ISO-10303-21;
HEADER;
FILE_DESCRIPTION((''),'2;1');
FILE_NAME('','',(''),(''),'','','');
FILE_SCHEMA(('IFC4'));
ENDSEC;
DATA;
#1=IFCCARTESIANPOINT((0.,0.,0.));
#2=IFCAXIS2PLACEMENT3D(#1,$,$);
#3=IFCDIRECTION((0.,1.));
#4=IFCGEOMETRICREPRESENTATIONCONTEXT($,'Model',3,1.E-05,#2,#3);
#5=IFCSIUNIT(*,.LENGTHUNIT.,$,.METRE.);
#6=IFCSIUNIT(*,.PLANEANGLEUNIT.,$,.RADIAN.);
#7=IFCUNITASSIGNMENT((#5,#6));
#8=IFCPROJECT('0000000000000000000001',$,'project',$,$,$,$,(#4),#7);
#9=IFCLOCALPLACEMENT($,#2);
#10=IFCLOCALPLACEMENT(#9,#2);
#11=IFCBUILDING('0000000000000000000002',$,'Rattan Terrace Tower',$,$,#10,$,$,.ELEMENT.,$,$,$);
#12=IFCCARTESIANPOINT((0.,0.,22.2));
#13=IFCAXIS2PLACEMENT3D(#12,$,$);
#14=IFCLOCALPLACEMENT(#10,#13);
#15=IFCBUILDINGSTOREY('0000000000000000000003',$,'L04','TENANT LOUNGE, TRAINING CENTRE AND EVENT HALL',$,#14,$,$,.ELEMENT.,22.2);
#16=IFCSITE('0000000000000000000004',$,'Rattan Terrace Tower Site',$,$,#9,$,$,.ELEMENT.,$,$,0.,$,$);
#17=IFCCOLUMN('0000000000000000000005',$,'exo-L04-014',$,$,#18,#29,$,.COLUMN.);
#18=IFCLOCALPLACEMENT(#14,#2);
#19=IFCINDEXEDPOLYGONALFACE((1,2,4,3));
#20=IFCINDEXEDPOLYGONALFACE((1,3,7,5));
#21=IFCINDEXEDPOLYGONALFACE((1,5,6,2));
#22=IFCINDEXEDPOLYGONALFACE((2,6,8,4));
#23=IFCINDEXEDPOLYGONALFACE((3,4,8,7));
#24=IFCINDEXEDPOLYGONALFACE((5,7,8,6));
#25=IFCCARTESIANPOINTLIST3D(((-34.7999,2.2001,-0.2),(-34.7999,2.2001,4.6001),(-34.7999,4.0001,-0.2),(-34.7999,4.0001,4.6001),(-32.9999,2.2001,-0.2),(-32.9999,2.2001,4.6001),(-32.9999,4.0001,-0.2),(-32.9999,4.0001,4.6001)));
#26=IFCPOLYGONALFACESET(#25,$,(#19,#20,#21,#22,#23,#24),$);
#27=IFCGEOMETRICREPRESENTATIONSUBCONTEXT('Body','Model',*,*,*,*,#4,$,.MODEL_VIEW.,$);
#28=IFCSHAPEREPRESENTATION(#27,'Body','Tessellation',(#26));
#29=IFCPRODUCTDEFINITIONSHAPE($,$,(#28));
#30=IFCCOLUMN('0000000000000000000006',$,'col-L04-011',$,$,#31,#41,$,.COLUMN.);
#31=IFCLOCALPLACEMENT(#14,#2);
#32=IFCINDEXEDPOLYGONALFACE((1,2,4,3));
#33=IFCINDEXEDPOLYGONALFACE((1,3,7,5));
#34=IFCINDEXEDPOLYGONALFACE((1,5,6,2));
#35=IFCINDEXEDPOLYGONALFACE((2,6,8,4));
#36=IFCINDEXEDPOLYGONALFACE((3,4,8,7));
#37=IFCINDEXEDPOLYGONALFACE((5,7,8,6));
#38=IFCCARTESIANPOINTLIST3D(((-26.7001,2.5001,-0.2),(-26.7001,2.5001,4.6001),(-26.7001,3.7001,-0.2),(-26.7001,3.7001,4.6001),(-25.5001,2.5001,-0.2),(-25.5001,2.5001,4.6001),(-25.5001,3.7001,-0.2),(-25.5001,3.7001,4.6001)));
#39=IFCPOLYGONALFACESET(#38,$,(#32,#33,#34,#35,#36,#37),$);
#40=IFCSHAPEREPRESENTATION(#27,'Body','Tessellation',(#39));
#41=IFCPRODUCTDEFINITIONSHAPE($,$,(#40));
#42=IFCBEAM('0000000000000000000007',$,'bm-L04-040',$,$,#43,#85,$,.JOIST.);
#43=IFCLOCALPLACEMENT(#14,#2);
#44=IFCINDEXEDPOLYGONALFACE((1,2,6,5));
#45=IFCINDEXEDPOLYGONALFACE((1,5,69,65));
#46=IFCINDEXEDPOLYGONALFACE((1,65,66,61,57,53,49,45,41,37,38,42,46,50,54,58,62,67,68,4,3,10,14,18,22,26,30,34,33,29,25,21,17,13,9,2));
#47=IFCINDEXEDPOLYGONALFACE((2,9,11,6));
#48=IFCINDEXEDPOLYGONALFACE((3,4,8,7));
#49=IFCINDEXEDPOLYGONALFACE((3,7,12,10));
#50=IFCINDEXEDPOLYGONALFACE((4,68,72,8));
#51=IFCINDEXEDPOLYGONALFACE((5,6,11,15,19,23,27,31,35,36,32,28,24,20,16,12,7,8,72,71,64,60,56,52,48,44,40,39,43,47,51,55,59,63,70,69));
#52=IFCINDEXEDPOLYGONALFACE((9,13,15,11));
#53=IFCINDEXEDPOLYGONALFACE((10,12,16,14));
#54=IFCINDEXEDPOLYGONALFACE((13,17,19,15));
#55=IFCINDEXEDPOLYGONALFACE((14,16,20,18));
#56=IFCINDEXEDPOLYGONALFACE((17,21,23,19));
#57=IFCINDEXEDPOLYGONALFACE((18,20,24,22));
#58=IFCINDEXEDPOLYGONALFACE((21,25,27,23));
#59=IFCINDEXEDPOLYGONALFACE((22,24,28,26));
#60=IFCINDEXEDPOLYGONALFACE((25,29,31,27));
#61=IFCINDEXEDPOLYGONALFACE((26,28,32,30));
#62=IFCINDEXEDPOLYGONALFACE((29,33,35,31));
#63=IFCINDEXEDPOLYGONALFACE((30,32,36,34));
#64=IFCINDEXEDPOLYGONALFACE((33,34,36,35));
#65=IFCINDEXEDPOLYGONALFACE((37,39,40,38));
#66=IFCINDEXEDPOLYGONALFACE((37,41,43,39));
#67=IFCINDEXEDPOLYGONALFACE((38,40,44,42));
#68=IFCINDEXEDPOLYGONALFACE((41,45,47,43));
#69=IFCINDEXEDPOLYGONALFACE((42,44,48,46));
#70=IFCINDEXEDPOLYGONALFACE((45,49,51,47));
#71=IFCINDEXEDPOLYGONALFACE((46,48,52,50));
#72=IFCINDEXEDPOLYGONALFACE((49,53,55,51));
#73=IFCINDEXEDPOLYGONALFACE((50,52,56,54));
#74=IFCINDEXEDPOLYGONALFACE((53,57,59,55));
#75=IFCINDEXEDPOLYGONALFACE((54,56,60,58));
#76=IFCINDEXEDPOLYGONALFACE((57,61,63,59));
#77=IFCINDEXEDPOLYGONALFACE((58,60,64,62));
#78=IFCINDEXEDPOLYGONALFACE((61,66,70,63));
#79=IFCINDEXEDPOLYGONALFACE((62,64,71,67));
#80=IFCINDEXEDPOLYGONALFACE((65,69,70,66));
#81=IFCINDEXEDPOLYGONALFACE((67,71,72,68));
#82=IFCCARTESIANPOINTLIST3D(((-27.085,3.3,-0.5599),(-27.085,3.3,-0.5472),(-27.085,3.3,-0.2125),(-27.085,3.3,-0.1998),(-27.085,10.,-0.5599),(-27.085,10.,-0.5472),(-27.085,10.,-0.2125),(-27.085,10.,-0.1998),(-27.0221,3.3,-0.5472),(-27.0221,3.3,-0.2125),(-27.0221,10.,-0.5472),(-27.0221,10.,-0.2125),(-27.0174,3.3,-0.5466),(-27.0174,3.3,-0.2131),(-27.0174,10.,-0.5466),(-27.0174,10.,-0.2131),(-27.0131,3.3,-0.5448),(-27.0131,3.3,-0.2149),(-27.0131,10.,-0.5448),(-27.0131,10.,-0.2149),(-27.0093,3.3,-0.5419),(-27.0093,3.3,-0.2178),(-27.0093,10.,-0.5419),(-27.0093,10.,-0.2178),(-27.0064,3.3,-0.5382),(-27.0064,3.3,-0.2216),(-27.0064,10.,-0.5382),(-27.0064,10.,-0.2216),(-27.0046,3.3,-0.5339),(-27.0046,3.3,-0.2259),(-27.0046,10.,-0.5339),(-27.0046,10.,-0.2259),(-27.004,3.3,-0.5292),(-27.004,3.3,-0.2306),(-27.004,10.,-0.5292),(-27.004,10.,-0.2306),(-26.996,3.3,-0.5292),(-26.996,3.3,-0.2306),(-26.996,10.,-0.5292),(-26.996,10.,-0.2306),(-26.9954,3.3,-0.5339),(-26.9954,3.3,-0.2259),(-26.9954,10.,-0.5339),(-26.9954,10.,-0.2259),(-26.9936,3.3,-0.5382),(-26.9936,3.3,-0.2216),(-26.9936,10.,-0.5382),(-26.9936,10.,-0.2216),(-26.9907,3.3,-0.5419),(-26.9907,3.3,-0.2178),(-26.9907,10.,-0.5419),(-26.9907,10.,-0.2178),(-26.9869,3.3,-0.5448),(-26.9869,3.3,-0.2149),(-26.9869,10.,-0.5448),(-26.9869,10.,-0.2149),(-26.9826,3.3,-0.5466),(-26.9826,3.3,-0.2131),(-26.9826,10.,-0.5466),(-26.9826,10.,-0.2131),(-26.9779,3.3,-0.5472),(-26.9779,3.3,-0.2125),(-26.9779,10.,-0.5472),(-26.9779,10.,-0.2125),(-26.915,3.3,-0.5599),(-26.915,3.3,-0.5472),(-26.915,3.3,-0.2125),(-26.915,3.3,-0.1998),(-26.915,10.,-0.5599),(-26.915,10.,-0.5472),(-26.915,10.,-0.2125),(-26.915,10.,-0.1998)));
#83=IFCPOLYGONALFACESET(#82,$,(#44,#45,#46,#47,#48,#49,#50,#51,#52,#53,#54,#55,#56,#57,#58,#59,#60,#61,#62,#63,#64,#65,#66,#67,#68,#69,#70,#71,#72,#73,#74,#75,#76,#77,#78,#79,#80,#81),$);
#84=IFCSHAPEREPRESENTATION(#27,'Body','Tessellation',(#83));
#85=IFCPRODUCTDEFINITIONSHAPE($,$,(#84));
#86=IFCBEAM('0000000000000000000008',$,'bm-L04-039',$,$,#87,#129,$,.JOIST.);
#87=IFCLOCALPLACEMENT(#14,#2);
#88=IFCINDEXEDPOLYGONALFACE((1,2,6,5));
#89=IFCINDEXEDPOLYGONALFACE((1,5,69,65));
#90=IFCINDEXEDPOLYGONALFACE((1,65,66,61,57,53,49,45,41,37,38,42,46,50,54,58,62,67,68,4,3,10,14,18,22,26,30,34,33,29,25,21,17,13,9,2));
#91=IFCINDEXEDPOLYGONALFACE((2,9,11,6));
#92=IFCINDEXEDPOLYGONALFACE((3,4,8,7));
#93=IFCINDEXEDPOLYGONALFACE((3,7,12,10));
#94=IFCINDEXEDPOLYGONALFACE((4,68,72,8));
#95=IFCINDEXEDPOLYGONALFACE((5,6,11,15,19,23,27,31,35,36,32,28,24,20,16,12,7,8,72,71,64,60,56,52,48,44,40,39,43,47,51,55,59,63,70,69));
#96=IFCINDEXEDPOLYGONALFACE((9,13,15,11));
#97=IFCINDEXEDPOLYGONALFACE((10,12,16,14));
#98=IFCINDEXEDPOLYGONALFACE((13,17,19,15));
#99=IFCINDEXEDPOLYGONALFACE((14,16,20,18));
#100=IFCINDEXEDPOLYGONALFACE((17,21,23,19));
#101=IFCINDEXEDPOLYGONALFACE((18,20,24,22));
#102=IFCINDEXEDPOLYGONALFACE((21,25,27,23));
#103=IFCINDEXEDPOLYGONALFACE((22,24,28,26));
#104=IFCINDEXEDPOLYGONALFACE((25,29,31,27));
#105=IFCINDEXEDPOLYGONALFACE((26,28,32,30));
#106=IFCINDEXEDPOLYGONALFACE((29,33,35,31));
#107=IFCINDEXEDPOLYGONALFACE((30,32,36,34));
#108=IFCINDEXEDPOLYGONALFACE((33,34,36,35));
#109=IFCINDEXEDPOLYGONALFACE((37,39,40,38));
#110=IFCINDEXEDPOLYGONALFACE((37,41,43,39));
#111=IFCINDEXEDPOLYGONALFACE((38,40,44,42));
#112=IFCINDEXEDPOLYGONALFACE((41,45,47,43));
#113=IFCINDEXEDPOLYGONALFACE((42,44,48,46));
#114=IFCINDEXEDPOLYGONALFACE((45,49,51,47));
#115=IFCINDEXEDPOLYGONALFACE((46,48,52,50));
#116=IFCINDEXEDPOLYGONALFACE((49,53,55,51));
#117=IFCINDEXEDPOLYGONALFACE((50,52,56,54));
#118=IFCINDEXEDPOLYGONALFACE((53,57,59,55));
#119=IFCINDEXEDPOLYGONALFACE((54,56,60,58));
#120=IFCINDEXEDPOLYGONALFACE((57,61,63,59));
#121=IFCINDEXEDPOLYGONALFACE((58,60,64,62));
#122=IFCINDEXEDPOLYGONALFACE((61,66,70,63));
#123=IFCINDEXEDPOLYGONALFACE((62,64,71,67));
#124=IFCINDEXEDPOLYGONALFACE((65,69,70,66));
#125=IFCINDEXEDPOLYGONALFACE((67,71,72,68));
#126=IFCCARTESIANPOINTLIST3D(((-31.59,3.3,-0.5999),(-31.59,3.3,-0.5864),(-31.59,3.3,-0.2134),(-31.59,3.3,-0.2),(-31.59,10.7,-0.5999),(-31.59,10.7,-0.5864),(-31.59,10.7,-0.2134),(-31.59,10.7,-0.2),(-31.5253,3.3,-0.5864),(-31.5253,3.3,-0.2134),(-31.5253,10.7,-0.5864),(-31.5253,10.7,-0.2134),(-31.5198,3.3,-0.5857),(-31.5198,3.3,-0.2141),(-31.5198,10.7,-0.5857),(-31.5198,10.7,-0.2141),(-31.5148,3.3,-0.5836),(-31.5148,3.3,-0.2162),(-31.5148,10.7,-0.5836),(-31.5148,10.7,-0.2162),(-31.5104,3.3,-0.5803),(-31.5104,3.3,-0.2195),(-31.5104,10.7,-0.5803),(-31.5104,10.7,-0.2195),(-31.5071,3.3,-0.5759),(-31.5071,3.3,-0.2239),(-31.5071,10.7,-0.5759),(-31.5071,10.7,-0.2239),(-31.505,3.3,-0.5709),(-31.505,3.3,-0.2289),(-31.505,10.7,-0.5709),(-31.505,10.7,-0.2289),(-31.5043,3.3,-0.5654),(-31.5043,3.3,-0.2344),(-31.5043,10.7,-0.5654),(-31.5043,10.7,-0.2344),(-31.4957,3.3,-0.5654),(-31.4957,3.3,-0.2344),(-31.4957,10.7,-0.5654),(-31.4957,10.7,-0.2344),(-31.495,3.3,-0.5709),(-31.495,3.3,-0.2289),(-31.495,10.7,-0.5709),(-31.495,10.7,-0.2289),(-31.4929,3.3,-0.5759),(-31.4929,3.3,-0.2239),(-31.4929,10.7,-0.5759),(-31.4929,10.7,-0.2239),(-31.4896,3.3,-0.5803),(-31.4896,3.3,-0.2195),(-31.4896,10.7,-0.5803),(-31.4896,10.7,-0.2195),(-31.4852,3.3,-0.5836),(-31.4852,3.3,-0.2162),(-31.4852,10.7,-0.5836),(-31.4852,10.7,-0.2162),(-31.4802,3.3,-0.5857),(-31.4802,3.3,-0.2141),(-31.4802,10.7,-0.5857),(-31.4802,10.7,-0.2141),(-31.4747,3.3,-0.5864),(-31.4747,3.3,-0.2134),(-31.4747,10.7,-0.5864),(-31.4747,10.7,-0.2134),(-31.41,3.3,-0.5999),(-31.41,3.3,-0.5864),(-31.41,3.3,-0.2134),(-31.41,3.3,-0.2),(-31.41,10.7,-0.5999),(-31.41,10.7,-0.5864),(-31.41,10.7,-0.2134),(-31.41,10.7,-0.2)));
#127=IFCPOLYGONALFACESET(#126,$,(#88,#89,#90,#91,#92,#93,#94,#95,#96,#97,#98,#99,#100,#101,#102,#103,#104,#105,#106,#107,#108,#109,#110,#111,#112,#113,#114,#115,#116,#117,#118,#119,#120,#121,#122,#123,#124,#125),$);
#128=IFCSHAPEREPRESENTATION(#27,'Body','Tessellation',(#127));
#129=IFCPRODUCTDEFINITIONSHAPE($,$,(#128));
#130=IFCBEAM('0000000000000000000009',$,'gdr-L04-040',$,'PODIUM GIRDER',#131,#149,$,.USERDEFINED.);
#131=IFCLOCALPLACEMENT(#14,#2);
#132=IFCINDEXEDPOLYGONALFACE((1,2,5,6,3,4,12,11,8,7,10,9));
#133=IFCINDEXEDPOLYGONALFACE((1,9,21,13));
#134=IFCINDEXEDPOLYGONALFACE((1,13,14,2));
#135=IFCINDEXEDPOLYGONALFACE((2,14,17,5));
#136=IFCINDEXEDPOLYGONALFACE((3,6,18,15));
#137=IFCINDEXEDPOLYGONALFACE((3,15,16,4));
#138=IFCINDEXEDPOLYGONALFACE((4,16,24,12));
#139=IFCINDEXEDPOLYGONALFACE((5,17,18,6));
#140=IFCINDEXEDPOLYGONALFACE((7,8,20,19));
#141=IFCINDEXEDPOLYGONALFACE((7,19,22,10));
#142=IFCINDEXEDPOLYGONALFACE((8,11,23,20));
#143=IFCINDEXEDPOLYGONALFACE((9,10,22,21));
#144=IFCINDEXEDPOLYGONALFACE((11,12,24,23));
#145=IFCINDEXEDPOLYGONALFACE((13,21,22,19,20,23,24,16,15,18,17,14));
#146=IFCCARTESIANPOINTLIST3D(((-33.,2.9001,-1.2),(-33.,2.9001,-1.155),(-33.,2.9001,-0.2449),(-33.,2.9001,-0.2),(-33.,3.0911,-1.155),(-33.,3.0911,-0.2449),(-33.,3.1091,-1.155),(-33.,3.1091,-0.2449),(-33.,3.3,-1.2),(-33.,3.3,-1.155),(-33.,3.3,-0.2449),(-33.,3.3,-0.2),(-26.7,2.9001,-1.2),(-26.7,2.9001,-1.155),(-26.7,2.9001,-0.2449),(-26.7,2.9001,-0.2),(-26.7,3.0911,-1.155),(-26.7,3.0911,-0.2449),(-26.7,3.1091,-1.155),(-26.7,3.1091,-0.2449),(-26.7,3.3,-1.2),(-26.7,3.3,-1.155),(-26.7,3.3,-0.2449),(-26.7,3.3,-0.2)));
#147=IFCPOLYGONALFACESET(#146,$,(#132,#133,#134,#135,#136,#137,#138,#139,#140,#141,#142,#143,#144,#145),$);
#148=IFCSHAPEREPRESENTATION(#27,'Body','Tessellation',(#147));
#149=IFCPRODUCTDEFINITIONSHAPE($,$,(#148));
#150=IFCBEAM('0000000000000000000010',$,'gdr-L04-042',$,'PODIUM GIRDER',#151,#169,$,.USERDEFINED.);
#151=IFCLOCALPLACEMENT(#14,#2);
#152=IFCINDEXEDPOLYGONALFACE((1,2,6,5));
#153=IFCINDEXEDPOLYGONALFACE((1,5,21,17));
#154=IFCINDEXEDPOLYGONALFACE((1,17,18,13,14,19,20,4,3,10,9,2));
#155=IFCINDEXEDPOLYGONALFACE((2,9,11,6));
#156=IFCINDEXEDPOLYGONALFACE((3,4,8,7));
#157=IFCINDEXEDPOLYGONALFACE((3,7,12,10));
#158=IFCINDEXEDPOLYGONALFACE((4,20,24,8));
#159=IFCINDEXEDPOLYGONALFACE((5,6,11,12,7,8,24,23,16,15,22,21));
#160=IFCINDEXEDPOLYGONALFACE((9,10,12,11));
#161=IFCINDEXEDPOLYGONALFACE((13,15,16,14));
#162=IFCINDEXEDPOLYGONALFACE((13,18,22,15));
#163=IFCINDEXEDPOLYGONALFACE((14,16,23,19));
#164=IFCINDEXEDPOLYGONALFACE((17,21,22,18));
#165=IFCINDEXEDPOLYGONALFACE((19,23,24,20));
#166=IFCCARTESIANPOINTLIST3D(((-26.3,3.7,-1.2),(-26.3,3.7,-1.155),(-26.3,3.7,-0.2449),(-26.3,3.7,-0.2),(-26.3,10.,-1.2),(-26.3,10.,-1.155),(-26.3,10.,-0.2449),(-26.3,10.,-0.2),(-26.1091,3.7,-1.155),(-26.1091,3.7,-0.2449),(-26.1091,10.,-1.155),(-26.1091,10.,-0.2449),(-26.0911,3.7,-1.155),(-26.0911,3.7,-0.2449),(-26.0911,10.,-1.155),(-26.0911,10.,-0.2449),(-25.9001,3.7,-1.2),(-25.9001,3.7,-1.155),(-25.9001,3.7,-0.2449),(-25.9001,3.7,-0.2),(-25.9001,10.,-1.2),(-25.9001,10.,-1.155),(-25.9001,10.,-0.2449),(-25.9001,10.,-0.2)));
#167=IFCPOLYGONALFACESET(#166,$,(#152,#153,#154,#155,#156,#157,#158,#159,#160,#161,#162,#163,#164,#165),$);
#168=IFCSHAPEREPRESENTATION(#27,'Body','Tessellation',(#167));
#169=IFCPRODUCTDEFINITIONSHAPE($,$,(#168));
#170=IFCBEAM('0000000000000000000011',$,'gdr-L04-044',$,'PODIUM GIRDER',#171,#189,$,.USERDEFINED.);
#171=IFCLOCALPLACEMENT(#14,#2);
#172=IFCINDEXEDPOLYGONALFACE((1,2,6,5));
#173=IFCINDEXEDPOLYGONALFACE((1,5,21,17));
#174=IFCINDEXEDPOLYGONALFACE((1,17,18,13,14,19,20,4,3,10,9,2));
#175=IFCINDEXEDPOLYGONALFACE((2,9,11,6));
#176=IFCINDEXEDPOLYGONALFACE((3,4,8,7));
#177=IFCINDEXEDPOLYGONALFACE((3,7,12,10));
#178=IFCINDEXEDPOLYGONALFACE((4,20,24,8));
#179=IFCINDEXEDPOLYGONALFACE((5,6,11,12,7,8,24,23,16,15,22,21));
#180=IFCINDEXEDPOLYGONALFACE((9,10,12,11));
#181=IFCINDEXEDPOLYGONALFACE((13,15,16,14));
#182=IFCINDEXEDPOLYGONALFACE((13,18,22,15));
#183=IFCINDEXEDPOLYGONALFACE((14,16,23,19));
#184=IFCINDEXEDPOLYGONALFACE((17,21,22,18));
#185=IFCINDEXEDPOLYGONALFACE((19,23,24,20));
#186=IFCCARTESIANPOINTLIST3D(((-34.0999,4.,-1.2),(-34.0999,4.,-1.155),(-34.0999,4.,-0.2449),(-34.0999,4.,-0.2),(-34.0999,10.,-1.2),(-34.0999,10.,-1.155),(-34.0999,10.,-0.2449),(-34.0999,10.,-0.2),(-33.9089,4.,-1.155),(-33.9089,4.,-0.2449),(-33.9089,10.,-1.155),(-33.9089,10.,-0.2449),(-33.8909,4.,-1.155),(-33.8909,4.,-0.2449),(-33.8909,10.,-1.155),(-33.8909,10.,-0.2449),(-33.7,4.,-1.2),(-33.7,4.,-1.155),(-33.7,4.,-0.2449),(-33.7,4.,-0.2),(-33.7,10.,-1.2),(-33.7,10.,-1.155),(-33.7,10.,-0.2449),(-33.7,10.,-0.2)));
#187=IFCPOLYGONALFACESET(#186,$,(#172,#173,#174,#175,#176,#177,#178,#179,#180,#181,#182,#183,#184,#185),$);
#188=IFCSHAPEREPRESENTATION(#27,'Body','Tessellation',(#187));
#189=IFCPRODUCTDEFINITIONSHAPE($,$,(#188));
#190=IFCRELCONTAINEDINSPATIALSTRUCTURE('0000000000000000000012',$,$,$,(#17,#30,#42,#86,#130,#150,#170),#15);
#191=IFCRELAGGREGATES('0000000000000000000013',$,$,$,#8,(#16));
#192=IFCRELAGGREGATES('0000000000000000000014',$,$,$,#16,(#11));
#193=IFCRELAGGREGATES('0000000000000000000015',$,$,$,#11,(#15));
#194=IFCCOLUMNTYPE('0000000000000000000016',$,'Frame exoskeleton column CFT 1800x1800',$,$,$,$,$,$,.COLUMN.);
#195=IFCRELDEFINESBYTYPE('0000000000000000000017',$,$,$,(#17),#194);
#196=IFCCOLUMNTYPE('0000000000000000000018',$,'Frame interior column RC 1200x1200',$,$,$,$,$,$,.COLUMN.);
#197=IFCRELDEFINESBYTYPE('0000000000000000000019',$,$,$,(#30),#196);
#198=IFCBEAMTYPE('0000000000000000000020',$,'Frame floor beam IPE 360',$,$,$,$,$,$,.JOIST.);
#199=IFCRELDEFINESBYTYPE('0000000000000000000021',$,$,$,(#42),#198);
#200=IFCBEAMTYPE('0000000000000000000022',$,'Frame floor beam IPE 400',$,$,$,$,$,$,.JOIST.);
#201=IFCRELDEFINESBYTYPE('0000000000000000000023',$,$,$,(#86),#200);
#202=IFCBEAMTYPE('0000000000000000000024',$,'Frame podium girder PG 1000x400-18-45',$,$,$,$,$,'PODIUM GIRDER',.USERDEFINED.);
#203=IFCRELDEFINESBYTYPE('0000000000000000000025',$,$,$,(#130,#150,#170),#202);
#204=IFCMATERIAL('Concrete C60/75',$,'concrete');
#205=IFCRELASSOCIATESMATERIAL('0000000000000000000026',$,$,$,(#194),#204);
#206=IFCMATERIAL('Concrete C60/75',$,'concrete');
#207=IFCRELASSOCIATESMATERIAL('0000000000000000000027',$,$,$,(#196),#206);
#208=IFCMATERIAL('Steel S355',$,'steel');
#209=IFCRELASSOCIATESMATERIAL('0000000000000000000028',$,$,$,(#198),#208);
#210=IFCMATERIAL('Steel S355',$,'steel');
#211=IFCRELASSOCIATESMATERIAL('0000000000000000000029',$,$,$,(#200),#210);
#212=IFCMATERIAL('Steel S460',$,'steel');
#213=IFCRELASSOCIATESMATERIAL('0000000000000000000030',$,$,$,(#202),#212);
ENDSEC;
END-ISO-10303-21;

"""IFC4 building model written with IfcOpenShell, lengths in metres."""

from ifc_helpers import new_model, si_unit, direction, frame, origin, origin_2d, place, context, subcontext, project, spatial, rectangle, i_section, extrude, material, material_profile, profile_set, type_object, element, save


model = new_model("IFC4")

# Units and contexts
model_context = context("Model", 3, precision=1e-05, world=origin(), true_north=direction((0.0, 1.0)))
body_context = subcontext(model_context, "Body", "Model", "MODEL_VIEW")
ifc_project = project(units=[si_unit("LENGTHUNIT", "METRE"), si_unit("PLANEANGLEUNIT", "RADIAN")], contexts=[model_context])

# Site, building, storey
site_placement = place(None, origin())
site = spatial("IfcSite", under=ifc_project, at=site_placement, Name="Rattan Terrace Tower Site", CompositionType="ELEMENT", RefElevation=0.0)
building_placement = place(site_placement, origin())
building = spatial("IfcBuilding", under=site, at=building_placement, Name="Rattan Terrace Tower", CompositionType="ELEMENT")
storey_placement = place(building_placement, frame((0.0, 0.0, 22.2)))
storey = spatial("IfcBuildingStorey", under=building, at=storey_placement, Name="L04", Description="TENANT LOUNGE, TRAINING CENTRE AND EVENT HALL", CompositionType="ELEMENT", Elevation=22.2)

# Columns
ifc_material_1 = material(Name="Concrete C60/75", Category="concrete")
ifc_material_profile_1 = material_profile(ifc_material_1, rectangle(XDim=1.8, YDim=1.8, at=origin_2d()), Name="CFT 1800x1800")
ifc_profile_set_1 = profile_set([ifc_material_profile_1], Name="Concrete C60/75")
column_type_1 = type_object("IfcColumnType", Name="Frame exoskeleton column CFT 1800x1800", PredefinedType="COLUMN", material=ifc_profile_set_1)
column_1_placement = place(storey_placement, frame((-33.8999, 3.1001, -0.2), z_axis=(0.0, 0.0, 1.0), x_axis=(0.0, 1.0, 0.0)))
element("IfcColumn", 1, at=column_1_placement, inside=storey, type_object=column_type_1, Name="exo-L04-014", PredefinedType="COLUMN", context=body_context, shape_type="SweptSolid", body=[
    extrude(rectangle(XDim=1.8, YDim=1.8, at=origin_2d()), origin(), (0.0, 0.0, 1.0), 4.8),
])
ifc_material_2 = material(Name="Concrete C60/75", Category="concrete")
ifc_material_profile_2 = material_profile(ifc_material_2, rectangle(XDim=1.2, YDim=1.2, at=origin_2d()), Name="RC 1200x1200")
ifc_profile_set_2 = profile_set([ifc_material_profile_2], Name="Concrete C60/75")
column_type_2 = type_object("IfcColumnType", Name="Frame interior column RC 1200x1200", PredefinedType="COLUMN", material=ifc_profile_set_2)
column_2_placement = place(storey_placement, frame((-26.1001, 3.1001, -0.2), z_axis=(0.0, 0.0, 1.0), x_axis=(1.0, 0.0, 0.0)))
element("IfcColumn", 2, at=column_2_placement, inside=storey, type_object=column_type_2, Name="col-L04-011", PredefinedType="COLUMN", context=body_context, shape_type="SweptSolid", body=[
    extrude(rectangle(XDim=1.2, YDim=1.2, at=origin_2d()), origin(), (0.0, 0.0, 1.0), 4.8),
])

# Beams
ifc_material_3 = material(Name="Steel S355", Category="steel")
ifc_material_profile_3 = material_profile(ifc_material_3, i_section(OverallWidth=0.1699, OverallDepth=0.3601, WebThickness=0.0081, FlangeThickness=0.0127, FilletRadius=0.0181, at=origin_2d()), Name="IPE 360")
ifc_profile_set_3 = profile_set([ifc_material_profile_3], Name="Steel S355")
beam_type_1 = type_object("IfcBeamType", Name="Frame floor beam IPE 360", PredefinedType="JOIST", material=ifc_profile_set_3)
beam_1_placement = place(storey_placement, frame((-27.0, 3.3, -0.3799), z_axis=(0.0, 1.0, 0.0), x_axis=(-1.0, 0.0, 0.0)))
element("IfcBeam", 3, at=beam_1_placement, inside=storey, type_object=beam_type_1, Name="bm-L04-040", PredefinedType="JOIST", context=body_context, shape_type="SweptSolid", body=[
    extrude(i_section(OverallWidth=0.1699, OverallDepth=0.3601, WebThickness=0.0081, FlangeThickness=0.0127, FilletRadius=0.0181, at=origin_2d()), origin(), (0.0, 0.0, 1.0), 6.7),
])
ifc_material_4 = material(Name="Steel S355", Category="steel")
ifc_material_profile_4 = material_profile(ifc_material_4, i_section(OverallWidth=0.1799, OverallDepth=0.3999, WebThickness=0.0085, FlangeThickness=0.0134, FilletRadius=0.021, at=origin_2d()), Name="IPE 400")
ifc_profile_set_4 = profile_set([ifc_material_profile_4], Name="Steel S355")
beam_type_2 = type_object("IfcBeamType", Name="Frame floor beam IPE 400", PredefinedType="JOIST", material=ifc_profile_set_4)
beam_2_placement = place(storey_placement, frame((-31.5, 3.3, -0.3999), z_axis=(0.0, 1.0, 0.0), x_axis=(-1.0, 0.0, 0.0)))
element("IfcBeam", 4, at=beam_2_placement, inside=storey, type_object=beam_type_2, Name="bm-L04-039", PredefinedType="JOIST", context=body_context, shape_type="SweptSolid", body=[
    extrude(i_section(OverallWidth=0.1799, OverallDepth=0.3999, WebThickness=0.0085, FlangeThickness=0.0134, FilletRadius=0.021, at=origin_2d()), origin(), (0.0, 0.0, 1.0), 7.3999),
])
ifc_material_5 = material(Name="Steel S460", Category="steel")
ifc_material_profile_5 = material_profile(ifc_material_5, i_section(OverallWidth=0.3999, OverallDepth=1.0, WebThickness=0.0181, FlangeThickness=0.0449, at=origin_2d()), Name="PG 1000x400-18-45")
ifc_profile_set_5 = profile_set([ifc_material_profile_5], Name="Steel S460")
beam_type_3 = type_object("IfcBeamType", Name="Frame podium girder PG 1000x400-18-45", ElementType="PODIUM GIRDER", PredefinedType="USERDEFINED", material=ifc_profile_set_5)
for number, where, z_axis, x_axis, name in (
    (5, (-33.0, 3.1001, -0.7), (1.0, 0.0, 0.0), (0.0, 1.0, 0.0), "gdr-L04-040"),
    (6, (-26.1001, 3.7, -0.7), (0.0, 1.0, 0.0), (-1.0, 0.0, 0.0), "gdr-L04-042"),
):
    element("IfcBeam", number, at=place(storey_placement, frame(where, z_axis=z_axis, x_axis=x_axis)), inside=storey, type_object=beam_type_3, Name=name, ObjectType="PODIUM GIRDER", PredefinedType="USERDEFINED", context=body_context, shape_type="SweptSolid", body=[
        extrude(i_section(OverallWidth=0.3999, OverallDepth=1.0, WebThickness=0.0181, FlangeThickness=0.0449, at=origin_2d()), origin(), (0.0, 0.0, 1.0), 6.3),
    ])
beam_3_placement = place(storey_placement, frame((-33.8999, 4.0, -0.7), z_axis=(0.0, 1.0, 0.0), x_axis=(-1.0, 0.0, 0.0)))
element("IfcBeam", 7, at=beam_3_placement, inside=storey, type_object=beam_type_3, Name="gdr-L04-044", ObjectType="PODIUM GIRDER", PredefinedType="USERDEFINED", context=body_context, shape_type="SweptSolid", body=[
    extrude(i_section(OverallWidth=0.3999, OverallDepth=1.0, WebThickness=0.0181, FlangeThickness=0.0449, at=origin_2d()), origin(), (0.0, 0.0, 1.0), 6.0),
])

save(model, "model.ifc")
